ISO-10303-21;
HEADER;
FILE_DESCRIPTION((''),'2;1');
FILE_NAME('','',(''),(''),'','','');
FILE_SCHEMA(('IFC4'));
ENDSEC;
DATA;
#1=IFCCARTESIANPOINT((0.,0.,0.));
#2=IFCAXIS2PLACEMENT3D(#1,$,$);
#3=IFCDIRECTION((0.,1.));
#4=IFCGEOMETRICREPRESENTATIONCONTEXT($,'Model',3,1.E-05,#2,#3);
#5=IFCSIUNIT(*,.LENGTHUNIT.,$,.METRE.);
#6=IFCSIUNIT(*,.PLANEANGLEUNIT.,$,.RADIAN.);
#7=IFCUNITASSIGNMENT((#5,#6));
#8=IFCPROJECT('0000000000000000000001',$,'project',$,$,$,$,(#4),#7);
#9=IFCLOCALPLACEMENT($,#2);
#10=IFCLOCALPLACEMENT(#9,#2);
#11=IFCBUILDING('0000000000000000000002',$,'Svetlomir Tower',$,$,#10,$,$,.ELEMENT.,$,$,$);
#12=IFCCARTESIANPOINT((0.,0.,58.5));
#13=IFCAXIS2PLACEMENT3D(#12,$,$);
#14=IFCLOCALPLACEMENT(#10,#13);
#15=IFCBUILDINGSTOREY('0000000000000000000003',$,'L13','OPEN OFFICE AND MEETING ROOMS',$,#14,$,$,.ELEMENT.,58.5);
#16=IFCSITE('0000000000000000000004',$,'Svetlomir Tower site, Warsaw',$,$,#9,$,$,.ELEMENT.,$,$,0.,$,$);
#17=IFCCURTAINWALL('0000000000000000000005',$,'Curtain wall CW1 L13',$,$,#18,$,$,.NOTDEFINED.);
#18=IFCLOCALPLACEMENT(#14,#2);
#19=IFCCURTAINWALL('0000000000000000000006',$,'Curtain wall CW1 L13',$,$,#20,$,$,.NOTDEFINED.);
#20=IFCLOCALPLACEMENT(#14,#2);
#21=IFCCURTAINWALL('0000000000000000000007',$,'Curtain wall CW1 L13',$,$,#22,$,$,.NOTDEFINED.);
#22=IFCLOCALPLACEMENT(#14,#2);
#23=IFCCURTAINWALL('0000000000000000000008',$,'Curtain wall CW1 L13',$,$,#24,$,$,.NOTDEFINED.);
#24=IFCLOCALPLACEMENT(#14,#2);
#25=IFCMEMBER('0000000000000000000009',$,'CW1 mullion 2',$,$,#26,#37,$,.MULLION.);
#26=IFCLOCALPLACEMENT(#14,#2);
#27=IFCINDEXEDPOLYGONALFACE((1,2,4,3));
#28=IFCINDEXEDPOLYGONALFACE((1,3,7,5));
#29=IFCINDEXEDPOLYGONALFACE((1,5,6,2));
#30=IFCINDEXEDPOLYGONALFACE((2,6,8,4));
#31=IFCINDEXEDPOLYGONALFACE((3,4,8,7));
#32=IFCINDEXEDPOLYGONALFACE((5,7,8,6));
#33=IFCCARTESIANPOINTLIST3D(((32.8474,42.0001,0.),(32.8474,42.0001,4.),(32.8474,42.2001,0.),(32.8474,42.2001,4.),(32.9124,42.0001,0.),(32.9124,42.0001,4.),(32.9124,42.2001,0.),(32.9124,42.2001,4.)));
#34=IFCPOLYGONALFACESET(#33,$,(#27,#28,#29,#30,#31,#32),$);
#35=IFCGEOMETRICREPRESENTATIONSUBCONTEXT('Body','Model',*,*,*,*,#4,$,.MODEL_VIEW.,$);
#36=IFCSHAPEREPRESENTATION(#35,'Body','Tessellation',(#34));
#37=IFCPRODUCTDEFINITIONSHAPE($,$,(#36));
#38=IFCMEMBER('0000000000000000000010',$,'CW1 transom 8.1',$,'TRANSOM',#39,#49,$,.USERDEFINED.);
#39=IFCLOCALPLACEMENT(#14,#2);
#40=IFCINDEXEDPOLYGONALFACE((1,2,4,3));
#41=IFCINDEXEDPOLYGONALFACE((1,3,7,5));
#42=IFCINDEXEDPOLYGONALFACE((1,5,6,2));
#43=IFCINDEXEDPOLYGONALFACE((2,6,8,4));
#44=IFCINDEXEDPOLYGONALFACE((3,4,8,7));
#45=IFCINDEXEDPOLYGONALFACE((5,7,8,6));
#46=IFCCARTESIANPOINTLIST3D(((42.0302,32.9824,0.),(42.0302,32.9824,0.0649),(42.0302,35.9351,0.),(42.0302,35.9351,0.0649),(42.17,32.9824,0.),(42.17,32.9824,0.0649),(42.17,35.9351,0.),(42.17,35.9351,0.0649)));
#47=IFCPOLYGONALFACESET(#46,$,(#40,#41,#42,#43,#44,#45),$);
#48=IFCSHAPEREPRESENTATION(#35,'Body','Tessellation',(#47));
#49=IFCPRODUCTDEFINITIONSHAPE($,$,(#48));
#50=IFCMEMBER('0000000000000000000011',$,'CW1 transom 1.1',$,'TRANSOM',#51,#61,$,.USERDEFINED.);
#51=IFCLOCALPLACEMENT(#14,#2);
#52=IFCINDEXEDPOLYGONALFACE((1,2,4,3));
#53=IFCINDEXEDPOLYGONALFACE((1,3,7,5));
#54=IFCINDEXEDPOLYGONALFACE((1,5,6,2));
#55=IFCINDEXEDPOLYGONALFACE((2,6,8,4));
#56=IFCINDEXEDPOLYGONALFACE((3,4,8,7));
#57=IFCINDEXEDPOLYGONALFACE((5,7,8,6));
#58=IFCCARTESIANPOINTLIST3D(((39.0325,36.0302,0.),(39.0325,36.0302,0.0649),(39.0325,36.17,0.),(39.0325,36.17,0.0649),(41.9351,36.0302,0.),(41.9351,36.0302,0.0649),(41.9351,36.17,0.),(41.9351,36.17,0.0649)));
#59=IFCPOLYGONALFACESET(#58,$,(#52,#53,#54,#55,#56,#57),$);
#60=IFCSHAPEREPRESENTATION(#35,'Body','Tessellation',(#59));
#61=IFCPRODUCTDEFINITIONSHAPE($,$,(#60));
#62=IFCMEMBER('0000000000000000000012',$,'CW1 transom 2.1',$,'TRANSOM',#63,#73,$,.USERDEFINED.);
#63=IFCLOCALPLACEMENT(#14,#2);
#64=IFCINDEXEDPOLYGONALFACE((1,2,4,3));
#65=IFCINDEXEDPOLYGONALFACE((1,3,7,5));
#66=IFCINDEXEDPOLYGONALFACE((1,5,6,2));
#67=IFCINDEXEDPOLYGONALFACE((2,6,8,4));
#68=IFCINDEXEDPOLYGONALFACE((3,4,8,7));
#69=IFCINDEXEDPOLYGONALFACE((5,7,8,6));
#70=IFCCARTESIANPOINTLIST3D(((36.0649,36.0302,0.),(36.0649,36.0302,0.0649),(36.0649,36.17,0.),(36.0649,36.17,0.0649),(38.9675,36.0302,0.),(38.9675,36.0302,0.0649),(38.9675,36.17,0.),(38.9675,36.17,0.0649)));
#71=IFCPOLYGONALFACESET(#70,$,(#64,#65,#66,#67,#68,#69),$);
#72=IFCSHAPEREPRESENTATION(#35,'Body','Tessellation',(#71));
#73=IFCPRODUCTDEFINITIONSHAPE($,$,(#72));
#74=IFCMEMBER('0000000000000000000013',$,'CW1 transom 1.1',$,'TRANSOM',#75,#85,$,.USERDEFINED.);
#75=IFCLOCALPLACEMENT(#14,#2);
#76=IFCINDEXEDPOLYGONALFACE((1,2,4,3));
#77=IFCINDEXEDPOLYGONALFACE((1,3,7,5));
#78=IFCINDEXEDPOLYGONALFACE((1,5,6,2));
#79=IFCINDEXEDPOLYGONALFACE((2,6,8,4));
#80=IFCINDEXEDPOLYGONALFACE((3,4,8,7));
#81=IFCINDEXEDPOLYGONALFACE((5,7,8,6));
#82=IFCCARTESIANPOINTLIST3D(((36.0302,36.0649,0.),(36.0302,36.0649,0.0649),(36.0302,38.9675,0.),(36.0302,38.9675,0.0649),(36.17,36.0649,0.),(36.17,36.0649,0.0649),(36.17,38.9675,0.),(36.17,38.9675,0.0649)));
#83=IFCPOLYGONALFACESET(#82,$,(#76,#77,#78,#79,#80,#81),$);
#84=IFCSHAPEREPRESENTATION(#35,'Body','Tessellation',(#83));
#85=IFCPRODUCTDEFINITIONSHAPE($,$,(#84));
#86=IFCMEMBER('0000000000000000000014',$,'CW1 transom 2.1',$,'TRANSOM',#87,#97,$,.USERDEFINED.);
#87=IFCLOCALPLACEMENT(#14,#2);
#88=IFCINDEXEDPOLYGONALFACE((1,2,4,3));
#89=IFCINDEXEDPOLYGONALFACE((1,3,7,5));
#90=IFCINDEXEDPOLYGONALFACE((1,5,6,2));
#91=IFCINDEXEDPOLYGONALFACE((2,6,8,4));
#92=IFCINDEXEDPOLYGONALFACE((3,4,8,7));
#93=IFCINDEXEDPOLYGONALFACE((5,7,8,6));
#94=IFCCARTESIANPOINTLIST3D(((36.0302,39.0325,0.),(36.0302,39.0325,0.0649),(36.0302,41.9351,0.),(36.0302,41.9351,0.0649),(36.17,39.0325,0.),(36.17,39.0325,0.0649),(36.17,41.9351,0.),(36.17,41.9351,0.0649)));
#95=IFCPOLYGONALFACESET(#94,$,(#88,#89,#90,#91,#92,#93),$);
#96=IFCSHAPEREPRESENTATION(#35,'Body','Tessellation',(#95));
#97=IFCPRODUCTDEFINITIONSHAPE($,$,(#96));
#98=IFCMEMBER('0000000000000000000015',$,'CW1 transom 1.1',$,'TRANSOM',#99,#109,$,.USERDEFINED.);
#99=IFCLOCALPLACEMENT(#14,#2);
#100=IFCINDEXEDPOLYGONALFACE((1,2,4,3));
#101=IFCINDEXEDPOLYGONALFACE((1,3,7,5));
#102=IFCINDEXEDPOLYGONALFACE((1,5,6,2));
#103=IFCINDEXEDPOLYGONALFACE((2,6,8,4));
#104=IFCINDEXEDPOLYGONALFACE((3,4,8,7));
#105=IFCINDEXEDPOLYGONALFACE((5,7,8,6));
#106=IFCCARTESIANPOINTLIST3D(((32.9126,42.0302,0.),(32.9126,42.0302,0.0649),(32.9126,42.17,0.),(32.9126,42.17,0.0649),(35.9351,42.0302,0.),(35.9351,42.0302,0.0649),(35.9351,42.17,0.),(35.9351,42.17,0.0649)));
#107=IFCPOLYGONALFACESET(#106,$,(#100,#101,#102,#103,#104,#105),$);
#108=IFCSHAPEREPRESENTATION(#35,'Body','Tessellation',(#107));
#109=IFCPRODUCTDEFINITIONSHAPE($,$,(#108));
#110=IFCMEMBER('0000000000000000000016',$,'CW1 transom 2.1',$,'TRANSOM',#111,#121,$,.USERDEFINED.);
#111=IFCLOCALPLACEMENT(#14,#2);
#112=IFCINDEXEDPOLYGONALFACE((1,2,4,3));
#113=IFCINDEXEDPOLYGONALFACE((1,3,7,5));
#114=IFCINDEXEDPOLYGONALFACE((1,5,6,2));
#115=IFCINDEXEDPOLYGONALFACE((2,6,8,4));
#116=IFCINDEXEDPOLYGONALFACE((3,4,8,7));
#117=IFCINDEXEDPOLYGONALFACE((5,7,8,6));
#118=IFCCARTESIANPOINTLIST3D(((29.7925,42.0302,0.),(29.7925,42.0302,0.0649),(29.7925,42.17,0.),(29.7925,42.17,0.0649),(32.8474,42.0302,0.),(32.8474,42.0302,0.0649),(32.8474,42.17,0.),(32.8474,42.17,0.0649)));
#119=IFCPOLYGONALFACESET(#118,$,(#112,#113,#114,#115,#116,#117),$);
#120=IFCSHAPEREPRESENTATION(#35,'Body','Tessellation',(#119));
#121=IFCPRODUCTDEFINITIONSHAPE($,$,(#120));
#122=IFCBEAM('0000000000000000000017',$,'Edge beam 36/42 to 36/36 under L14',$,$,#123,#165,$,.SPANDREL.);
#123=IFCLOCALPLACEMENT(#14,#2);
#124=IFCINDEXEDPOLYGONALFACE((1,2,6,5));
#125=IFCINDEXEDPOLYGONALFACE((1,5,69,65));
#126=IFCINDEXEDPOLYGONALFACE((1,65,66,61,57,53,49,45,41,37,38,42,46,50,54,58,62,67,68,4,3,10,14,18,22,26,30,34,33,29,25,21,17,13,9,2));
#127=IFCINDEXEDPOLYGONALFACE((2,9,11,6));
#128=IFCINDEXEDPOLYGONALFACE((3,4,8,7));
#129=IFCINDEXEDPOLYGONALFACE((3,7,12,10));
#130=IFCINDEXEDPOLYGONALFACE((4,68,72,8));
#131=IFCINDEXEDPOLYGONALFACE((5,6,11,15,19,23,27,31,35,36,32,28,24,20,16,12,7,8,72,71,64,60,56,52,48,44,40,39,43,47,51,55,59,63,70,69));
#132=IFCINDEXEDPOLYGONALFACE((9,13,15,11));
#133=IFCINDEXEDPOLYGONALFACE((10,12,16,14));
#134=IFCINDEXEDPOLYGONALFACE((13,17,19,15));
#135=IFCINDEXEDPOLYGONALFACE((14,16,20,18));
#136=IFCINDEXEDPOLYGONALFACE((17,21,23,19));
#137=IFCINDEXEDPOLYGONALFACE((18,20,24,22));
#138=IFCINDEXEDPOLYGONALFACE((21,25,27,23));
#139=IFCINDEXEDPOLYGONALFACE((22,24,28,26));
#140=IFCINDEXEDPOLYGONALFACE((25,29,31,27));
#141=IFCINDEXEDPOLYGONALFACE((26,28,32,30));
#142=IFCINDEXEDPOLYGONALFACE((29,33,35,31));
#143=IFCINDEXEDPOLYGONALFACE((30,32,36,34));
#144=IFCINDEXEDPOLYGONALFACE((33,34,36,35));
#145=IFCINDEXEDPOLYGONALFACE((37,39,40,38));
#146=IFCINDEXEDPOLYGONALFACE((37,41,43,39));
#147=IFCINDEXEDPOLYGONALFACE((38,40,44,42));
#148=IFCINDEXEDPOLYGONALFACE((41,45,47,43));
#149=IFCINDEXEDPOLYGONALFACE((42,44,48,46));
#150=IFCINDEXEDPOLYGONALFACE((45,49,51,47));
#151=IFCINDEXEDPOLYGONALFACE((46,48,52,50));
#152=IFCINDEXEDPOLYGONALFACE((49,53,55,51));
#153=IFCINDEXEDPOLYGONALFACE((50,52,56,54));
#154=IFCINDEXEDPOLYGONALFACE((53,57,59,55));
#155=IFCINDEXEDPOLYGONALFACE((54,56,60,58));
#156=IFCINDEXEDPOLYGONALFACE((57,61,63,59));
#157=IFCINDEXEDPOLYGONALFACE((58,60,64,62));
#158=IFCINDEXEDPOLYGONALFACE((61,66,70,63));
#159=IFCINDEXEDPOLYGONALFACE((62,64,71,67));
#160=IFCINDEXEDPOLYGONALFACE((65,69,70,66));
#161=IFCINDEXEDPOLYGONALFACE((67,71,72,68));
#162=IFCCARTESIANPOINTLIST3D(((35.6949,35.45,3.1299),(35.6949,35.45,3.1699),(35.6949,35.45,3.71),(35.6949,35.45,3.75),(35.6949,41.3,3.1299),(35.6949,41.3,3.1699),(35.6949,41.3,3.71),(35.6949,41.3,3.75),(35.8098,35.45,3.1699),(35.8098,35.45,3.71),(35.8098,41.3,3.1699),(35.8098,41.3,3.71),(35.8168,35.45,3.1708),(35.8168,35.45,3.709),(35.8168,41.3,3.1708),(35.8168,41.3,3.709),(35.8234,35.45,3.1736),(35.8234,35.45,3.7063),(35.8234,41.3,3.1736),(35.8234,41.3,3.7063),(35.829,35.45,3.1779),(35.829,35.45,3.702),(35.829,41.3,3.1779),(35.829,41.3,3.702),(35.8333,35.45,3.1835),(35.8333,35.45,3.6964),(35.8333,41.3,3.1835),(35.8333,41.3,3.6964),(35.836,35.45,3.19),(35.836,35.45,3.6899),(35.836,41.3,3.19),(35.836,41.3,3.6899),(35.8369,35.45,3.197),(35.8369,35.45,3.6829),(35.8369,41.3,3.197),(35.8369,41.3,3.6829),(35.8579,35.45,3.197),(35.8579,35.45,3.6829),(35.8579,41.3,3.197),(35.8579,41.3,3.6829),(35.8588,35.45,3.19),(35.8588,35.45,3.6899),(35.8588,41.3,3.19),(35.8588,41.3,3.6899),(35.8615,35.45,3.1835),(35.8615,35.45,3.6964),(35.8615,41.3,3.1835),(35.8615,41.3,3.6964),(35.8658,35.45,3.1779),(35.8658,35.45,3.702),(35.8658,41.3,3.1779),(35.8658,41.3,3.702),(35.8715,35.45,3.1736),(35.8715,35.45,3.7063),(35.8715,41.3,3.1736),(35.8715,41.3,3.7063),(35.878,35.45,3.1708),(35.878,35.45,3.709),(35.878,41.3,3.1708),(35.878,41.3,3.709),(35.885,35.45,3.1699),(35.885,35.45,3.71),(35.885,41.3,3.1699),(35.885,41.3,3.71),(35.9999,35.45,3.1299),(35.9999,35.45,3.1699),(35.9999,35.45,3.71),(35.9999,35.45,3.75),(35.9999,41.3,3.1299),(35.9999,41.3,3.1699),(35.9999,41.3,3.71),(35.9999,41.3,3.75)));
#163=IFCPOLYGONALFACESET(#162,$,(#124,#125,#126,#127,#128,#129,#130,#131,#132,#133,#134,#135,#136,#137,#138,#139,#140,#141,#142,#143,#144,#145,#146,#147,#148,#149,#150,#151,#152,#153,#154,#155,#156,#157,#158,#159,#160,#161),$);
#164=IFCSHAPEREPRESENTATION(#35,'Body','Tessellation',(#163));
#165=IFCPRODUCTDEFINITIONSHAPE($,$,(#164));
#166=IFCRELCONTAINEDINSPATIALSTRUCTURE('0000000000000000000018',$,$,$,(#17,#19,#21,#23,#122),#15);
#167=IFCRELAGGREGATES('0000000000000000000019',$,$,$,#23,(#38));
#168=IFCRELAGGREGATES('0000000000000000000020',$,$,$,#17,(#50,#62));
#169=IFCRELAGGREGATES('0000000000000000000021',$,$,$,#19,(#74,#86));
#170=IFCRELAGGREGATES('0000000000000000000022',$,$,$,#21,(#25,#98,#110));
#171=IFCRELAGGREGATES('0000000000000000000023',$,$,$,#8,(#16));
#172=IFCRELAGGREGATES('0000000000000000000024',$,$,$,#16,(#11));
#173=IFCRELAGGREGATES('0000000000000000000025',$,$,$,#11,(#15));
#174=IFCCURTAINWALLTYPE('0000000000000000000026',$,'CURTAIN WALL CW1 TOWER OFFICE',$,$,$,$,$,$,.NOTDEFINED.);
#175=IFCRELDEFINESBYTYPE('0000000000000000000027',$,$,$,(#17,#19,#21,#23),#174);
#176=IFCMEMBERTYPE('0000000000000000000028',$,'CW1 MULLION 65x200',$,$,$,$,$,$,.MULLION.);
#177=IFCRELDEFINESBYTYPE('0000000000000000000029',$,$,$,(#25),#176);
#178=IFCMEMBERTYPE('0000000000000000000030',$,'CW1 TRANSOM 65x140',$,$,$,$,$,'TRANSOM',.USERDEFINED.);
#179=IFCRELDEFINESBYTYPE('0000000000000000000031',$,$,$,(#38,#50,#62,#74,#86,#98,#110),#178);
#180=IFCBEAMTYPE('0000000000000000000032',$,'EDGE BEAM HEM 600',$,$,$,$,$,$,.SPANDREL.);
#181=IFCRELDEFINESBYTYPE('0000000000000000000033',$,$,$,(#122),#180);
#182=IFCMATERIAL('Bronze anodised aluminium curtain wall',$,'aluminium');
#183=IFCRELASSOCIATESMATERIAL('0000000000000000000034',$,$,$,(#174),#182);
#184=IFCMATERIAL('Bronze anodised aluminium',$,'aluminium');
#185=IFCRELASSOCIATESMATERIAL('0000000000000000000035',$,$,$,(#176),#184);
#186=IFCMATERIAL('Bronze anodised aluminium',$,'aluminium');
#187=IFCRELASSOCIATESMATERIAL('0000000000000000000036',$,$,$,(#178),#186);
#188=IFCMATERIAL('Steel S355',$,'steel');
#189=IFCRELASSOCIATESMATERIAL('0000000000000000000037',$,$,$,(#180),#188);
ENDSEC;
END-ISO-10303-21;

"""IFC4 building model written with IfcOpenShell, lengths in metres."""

from ifc_helpers import new_model, si_unit, direction, frame, origin, origin_2d, place, context, subcontext, project, spatial, rectangle, i_section, extrude, material, material_profile, profile_set, type_object, element, aggregate, save


model = new_model("IFC4")

# Units and contexts
model_context = context("Model", 3, precision=1e-05, world=origin(), true_north=direction((0.0, 1.0)))
body_context = subcontext(model_context, "Body", "Model", "MODEL_VIEW")
ifc_project = project(units=[si_unit("LENGTHUNIT", "METRE"), si_unit("PLANEANGLEUNIT", "RADIAN")], contexts=[model_context])

# Site, building, storey
site_placement = place(None, origin())
site = spatial("IfcSite", under=ifc_project, at=site_placement, Name="Svetlomir Tower site, Warsaw", CompositionType="ELEMENT", RefElevation=0.0)
building_placement = place(site_placement, origin())
building = spatial("IfcBuilding", under=site, at=building_placement, Name="Svetlomir Tower", CompositionType="ELEMENT")
storey_placement = place(building_placement, frame((0.0, 0.0, 58.5)))
storey = spatial("IfcBuildingStorey", under=building, at=storey_placement, Name="L13", Description="OPEN OFFICE AND MEETING ROOMS", CompositionType="ELEMENT", Elevation=58.5)

# Curtain walls
ifc_material_1 = material(Name="Bronze anodised aluminium curtain wall", Category="aluminium")
curtain_wall_type = type_object("IfcCurtainWallType", Name="CURTAIN WALL CW1 TOWER OFFICE", PredefinedType="NOTDEFINED", material=ifc_material_1)
curtain_wall_1_placement = place(storey_placement, origin())
curtain_wall_1 = element("IfcCurtainWall", 1, at=curtain_wall_1_placement, inside=storey, type_object=curtain_wall_type, Name="Curtain wall CW1 L13", PredefinedType="NOTDEFINED")
curtain_wall_2_placement = place(storey_placement, origin())
curtain_wall_2 = element("IfcCurtainWall", 2, at=curtain_wall_2_placement, inside=storey, type_object=curtain_wall_type, Name="Curtain wall CW1 L13", PredefinedType="NOTDEFINED")
curtain_wall_3_placement = place(storey_placement, origin())
curtain_wall_3 = element("IfcCurtainWall", 3, at=curtain_wall_3_placement, inside=storey, type_object=curtain_wall_type, Name="Curtain wall CW1 L13", PredefinedType="NOTDEFINED")
curtain_wall_4_placement = place(storey_placement, origin())
curtain_wall_4 = element("IfcCurtainWall", 4, at=curtain_wall_4_placement, inside=storey, type_object=curtain_wall_type, Name="Curtain wall CW1 L13", PredefinedType="NOTDEFINED")
ifc_material_2 = material(Name="Bronze anodised aluminium", Category="aluminium")
ifc_material_profile_1 = material_profile(ifc_material_2, rectangle(XDim=0.0649, YDim=0.2, at=origin_2d()), Name="AL 65x200")
ifc_profile_set_1 = profile_set([ifc_material_profile_1], Name="Bronze anodised aluminium 6063-T6")
member_type_1 = type_object("IfcMemberType", Name="CW1 MULLION 65x200", PredefinedType="MULLION", material=ifc_profile_set_1)

# Members
member_1_placement = place(storey_placement, frame((32.8799, 42.1001, 0.0), z_axis=(0.0, 0.0, 1.0), x_axis=(-1.0, 0.0, 0.0)))
member_1 = element("IfcMember", 5, at=member_1_placement, type_object=member_type_1, Name="CW1 mullion 2", PredefinedType="MULLION", context=body_context, shape_type="SweptSolid", body=[
    extrude(rectangle(XDim=0.0649, YDim=0.2, at=origin_2d()), origin(), (0.0, 0.0, 1.0), 4.0),
])
ifc_material_3 = material(Name="Bronze anodised aluminium", Category="aluminium")
ifc_material_profile_2 = material_profile(ifc_material_3, rectangle(XDim=0.1399, YDim=0.0649, at=origin_2d()), Name="AL 140x65")
ifc_profile_set_2 = profile_set([ifc_material_profile_2], Name="Bronze anodised aluminium 6063-T6")
member_type_2 = type_object("IfcMemberType", Name="CW1 TRANSOM 65x140", ElementType="TRANSOM", PredefinedType="USERDEFINED", material=ifc_profile_set_2)
member_2_placement = place(storey_placement, frame((42.1001, 32.9824, 0.0325), z_axis=(0.0, 1.0, 0.0), x_axis=(-1.0, 0.0, 0.0)))
member_2 = element("IfcMember", 6, at=member_2_placement, type_object=member_type_2, Name="CW1 transom 8.1", ObjectType="TRANSOM", PredefinedType="USERDEFINED", context=body_context, shape_type="SweptSolid", body=[
    extrude(rectangle(XDim=0.1399, YDim=0.0649, at=origin_2d()), origin(), (0.0, 0.0, 1.0), 2.9526),
])
member_3_placement = place(storey_placement, frame((41.9351, 36.1001, 0.0325), z_axis=(-1.0, 0.0, 0.0), x_axis=(0.0, -1.0, 0.0)))
member_3 = element("IfcMember", 7, at=member_3_placement, type_object=member_type_2, Name="CW1 transom 1.1", ObjectType="TRANSOM", PredefinedType="USERDEFINED", context=body_context, shape_type="SweptSolid", body=[
    extrude(rectangle(XDim=0.1399, YDim=0.0649, at=origin_2d()), origin(), (0.0, 0.0, 1.0), 2.9026),
])
member_4_placement = place(storey_placement, frame((38.9675, 36.1001, 0.0325), z_axis=(-1.0, 0.0, 0.0), x_axis=(0.0, -1.0, 0.0)))
member_4 = element("IfcMember", 8, at=member_4_placement, type_object=member_type_2, Name="CW1 transom 2.1", ObjectType="TRANSOM", PredefinedType="USERDEFINED", context=body_context, shape_type="SweptSolid", body=[
    extrude(rectangle(XDim=0.1399, YDim=0.0649, at=origin_2d()), origin(), (0.0, 0.0, 1.0), 2.9026),
])
member_5_placement = place(storey_placement, frame((36.1001, 36.0649, 0.0325), z_axis=(0.0, 1.0, 0.0), x_axis=(-1.0, 0.0, 0.0)))
member_5 = element("IfcMember", 9, at=member_5_placement, type_object=member_type_2, Name="CW1 transom 1.1", ObjectType="TRANSOM", PredefinedType="USERDEFINED", context=body_context, shape_type="SweptSolid", body=[
    extrude(rectangle(XDim=0.1399, YDim=0.0649, at=origin_2d()), origin(), (0.0, 0.0, 1.0), 2.9026),
])
member_6_placement = place(storey_placement, frame((36.1001, 39.0325, 0.0325), z_axis=(0.0, 1.0, 0.0), x_axis=(-1.0, 0.0, 0.0)))
member_6 = element("IfcMember", 10, at=member_6_placement, type_object=member_type_2, Name="CW1 transom 2.1", ObjectType="TRANSOM", PredefinedType="USERDEFINED", context=body_context, shape_type="SweptSolid", body=[
    extrude(rectangle(XDim=0.1399, YDim=0.0649, at=origin_2d()), origin(), (0.0, 0.0, 1.0), 2.9026),
])
member_7_placement = place(storey_placement, frame((35.9351, 42.1001, 0.0325), z_axis=(-1.0, 0.0, 0.0), x_axis=(0.0, -1.0, 0.0)))
member_7 = element("IfcMember", 11, at=member_7_placement, type_object=member_type_2, Name="CW1 transom 1.1", ObjectType="TRANSOM", PredefinedType="USERDEFINED", context=body_context, shape_type="SweptSolid", body=[
    extrude(rectangle(XDim=0.1399, YDim=0.0649, at=origin_2d()), origin(), (0.0, 0.0, 1.0), 3.0225),
])
member_8_placement = place(storey_placement, frame((32.8474, 42.1001, 0.0325), z_axis=(-1.0, 0.0, 0.0), x_axis=(0.0, -1.0, 0.0)))
member_8 = element("IfcMember", 12, at=member_8_placement, type_object=member_type_2, Name="CW1 transom 2.1", ObjectType="TRANSOM", PredefinedType="USERDEFINED", context=body_context, shape_type="SweptSolid", body=[
    extrude(rectangle(XDim=0.1399, YDim=0.0649, at=origin_2d()), origin(), (0.0, 0.0, 1.0), 3.0549),
])

# Beam
ifc_material_4 = material(Name="Steel S355", Category="steel")
ifc_material_profile_3 = material_profile(ifc_material_4, i_section(OverallWidth=0.3049, OverallDepth=0.6201, WebThickness=0.021, FlangeThickness=0.04, FilletRadius=0.0271, at=origin_2d()), Name="HEM 600")
ifc_profile_set_3 = profile_set([ifc_material_profile_3], Name="Steel S355")
beam_type = type_object("IfcBeamType", Name="EDGE BEAM HEM 600", PredefinedType="SPANDREL", material=ifc_profile_set_3)
for number, where, z_axis, x_axis, name in (
    (13, (35.8474, 41.3, 3.4399), (0.0, -1.0, 0.0), (1.0, 0.0, 0.0), "Edge beam 36/42 to 36/36 under L14"),
):
    element("IfcBeam", number, at=place(storey_placement, frame(where, z_axis=z_axis, x_axis=x_axis)), inside=storey, type_object=beam_type, Name=name, PredefinedType="SPANDREL", context=body_context, shape_type="SweptSolid", body=[
        extrude(i_section(OverallWidth=0.3049, OverallDepth=0.6201, WebThickness=0.021, FlangeThickness=0.04, FilletRadius=0.0271, at=origin_2d()), origin(), (0.0, 0.0, 1.0), 5.8501),
    ])

aggregate(curtain_wall_4, [member_2])
aggregate(curtain_wall_1, [member_3, member_4])
aggregate(curtain_wall_2, [member_5, member_6])
aggregate(curtain_wall_3, [member_1, member_7, member_8])

save(model, "model.ifc")
